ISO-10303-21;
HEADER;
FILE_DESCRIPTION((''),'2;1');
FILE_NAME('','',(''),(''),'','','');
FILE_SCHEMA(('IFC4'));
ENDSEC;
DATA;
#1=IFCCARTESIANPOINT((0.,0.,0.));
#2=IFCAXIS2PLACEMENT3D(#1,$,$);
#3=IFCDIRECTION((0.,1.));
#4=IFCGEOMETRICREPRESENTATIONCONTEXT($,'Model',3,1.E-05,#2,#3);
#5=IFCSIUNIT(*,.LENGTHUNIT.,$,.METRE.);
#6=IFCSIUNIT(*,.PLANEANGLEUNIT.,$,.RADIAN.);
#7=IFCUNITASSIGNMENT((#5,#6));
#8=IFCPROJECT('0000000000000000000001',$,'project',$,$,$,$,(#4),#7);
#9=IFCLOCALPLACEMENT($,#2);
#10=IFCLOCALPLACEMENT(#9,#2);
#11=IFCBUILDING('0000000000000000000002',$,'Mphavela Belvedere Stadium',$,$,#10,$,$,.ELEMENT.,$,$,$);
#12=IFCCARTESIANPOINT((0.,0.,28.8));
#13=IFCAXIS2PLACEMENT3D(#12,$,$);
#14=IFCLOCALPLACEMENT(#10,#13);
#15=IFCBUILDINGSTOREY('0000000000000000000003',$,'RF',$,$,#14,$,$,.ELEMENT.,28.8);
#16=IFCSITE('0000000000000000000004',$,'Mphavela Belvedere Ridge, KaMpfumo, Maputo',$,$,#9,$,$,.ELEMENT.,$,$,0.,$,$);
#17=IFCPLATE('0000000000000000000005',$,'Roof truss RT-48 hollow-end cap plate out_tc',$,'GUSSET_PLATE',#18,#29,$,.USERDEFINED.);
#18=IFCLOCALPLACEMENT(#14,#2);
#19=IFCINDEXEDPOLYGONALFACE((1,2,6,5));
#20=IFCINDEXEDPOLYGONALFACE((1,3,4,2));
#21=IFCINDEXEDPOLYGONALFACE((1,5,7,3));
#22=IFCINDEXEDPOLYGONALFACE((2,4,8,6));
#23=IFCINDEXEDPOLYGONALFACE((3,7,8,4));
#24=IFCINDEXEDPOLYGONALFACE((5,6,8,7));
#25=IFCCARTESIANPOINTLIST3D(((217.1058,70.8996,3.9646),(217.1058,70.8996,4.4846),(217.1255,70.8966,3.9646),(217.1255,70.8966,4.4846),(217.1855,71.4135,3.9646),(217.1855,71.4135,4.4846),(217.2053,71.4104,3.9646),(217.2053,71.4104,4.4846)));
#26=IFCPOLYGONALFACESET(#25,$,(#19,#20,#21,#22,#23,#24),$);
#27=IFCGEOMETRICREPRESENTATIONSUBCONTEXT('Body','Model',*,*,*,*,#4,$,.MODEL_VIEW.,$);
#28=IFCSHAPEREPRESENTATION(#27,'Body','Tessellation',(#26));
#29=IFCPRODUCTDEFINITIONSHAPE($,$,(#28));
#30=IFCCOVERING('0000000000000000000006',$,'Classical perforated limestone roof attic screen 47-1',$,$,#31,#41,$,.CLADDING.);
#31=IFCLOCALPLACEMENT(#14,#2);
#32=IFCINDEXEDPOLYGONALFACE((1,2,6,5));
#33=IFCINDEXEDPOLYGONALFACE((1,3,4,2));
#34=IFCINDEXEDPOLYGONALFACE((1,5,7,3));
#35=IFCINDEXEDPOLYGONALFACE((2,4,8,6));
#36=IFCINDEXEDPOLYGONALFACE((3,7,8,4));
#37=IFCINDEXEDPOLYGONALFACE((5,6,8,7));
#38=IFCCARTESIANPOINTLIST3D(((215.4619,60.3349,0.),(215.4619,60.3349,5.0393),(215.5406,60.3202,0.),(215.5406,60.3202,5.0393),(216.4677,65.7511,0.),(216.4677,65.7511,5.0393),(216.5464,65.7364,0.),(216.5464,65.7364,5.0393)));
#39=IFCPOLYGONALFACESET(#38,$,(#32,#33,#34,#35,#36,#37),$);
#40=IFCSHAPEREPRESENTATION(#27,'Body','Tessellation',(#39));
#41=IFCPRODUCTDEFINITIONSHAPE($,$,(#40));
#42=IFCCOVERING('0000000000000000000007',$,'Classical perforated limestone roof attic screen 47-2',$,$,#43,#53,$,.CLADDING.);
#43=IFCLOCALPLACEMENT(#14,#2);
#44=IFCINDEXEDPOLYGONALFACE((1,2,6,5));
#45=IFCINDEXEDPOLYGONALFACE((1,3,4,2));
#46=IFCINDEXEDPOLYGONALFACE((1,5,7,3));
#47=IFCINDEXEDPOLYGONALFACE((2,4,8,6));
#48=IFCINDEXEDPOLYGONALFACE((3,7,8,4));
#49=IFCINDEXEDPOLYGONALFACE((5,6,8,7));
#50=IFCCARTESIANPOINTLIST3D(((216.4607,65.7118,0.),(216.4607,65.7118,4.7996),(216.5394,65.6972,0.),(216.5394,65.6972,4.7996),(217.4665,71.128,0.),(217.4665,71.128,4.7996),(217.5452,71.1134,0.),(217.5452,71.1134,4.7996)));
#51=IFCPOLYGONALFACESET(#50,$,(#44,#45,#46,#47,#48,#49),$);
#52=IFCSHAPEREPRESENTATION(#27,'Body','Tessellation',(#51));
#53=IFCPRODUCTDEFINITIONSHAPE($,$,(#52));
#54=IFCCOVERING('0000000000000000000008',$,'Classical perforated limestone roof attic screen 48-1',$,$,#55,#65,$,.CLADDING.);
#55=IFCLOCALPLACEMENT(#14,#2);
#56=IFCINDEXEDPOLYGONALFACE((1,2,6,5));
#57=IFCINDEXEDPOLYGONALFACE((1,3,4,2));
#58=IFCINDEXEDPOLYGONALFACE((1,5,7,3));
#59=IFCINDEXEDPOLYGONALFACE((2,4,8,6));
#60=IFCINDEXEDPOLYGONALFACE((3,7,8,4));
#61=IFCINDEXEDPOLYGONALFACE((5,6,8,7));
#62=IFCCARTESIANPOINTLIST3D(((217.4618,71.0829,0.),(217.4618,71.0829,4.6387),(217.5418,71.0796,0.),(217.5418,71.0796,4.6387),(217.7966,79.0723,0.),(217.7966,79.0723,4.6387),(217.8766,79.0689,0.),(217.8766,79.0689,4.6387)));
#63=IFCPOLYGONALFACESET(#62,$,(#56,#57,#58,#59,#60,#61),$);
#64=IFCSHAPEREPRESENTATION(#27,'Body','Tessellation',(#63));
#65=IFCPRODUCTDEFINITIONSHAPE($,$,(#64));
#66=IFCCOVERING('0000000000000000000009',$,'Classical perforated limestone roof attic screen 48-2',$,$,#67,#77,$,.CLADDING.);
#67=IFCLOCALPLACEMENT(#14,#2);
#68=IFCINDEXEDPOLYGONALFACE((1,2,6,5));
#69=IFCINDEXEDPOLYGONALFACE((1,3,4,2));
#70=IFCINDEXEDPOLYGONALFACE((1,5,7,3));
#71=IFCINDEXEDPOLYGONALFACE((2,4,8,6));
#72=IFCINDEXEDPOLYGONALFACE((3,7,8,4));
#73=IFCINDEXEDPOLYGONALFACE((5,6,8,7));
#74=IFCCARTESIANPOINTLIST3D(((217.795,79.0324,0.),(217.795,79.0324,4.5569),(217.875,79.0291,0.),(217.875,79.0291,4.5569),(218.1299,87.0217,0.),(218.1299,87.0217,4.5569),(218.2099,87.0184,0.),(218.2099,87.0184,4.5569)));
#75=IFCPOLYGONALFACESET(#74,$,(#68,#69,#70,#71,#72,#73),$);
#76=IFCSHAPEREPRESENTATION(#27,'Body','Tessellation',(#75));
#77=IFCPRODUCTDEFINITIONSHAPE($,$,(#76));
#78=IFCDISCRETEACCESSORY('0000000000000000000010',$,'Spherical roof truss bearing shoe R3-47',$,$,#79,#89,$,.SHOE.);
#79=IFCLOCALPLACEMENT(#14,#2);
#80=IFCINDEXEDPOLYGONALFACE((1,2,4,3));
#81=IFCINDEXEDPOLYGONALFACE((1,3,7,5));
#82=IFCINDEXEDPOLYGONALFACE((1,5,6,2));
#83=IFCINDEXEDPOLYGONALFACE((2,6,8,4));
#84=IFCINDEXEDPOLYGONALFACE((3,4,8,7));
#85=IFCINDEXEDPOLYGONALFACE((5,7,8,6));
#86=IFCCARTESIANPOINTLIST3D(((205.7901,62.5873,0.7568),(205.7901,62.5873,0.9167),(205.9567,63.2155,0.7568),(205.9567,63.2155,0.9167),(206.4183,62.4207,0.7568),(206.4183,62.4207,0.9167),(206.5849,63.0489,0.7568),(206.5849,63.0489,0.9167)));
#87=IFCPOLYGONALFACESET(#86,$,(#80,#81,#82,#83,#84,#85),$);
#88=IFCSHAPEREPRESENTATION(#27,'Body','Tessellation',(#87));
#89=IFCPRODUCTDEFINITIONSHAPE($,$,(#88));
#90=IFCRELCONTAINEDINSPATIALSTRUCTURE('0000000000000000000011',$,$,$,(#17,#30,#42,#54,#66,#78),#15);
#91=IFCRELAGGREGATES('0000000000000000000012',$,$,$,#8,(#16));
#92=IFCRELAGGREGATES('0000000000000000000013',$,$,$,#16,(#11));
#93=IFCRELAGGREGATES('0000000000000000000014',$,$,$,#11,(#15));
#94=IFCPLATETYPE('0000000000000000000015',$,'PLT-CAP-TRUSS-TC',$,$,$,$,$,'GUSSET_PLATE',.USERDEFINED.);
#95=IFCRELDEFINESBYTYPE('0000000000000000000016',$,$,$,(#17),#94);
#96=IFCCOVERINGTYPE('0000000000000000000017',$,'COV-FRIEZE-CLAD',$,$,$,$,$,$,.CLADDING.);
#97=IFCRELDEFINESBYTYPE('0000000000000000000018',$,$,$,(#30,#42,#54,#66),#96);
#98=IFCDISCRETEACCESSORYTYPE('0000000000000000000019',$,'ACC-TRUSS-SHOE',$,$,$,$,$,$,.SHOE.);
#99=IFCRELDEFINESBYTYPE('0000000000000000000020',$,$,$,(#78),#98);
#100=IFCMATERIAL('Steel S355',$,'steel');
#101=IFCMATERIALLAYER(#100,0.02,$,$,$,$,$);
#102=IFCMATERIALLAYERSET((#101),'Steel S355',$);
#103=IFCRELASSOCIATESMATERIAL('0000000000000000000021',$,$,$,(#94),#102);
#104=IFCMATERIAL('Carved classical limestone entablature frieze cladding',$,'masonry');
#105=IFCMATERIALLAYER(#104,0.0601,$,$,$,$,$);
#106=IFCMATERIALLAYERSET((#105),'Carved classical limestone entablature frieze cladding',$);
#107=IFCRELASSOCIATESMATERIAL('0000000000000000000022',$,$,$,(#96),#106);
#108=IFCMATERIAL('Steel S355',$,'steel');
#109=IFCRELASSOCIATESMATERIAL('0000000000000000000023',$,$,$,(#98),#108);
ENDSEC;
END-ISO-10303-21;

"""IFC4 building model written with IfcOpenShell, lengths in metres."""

from ifc_helpers import new_model, si_unit, direction, frame, origin, origin_2d, place, context, subcontext, project, spatial, rectangle, extrude, material, layer, layer_set, type_object, element, save


model = new_model("IFC4")

# Units and contexts
model_context = context("Model", 3, precision=1e-05, world=origin(), true_north=direction((0.0, 1.0)))
body_context = subcontext(model_context, "Body", "Model", "MODEL_VIEW")
ifc_project = project(units=[si_unit("LENGTHUNIT", "METRE"), si_unit("PLANEANGLEUNIT", "RADIAN")], contexts=[model_context])

# Site, building, storey
site_placement = place(None, origin())
site = spatial("IfcSite", under=ifc_project, at=site_placement, Name="Mphavela Belvedere Ridge, KaMpfumo, Maputo", CompositionType="ELEMENT", RefElevation=0.0)
building_placement = place(site_placement, origin())
building = spatial("IfcBuilding", under=site, at=building_placement, Name="Mphavela Belvedere Stadium", CompositionType="ELEMENT")
storey_placement = place(building_placement, frame((0.0, 0.0, 28.8)))
storey = spatial("IfcBuildingStorey", under=building, at=storey_placement, Name="RF", CompositionType="ELEMENT", Elevation=28.8)

# Plate
ifc_material_1 = material(Name="Steel S355", Category="steel")
ifc_layer_1 = layer(ifc_material_1, 0.02)
ifc_layer_set_1 = layer_set([ifc_layer_1], Name="Steel S355")
plate_type_1 = type_object("IfcPlateType", Name="PLT-CAP-TRUSS-TC", ElementType="GUSSET_PLATE", PredefinedType="USERDEFINED", material=ifc_layer_set_1)
plate_1_placement = place(storey_placement, frame((217.1555, 71.155, 3.9646), z_axis=(0.0, 0.0, 1.0), x_axis=(0.988175, -0.153331, 0.0)))
element("IfcPlate", 1, at=plate_1_placement, inside=storey, type_object=plate_type_1, Name="Roof truss RT-48 hollow-end cap plate out_tc", ObjectType="GUSSET_PLATE", PredefinedType="USERDEFINED", context=body_context, shape_type="SweptSolid", body=[
    extrude(rectangle(XDim=0.02, YDim=0.52, at=origin_2d()), origin(), (0.0, 0.0, 1.0), 0.52),
])

# Coverings
ifc_material_2 = material(Name="Carved classical limestone entablature frieze cladding", Category="masonry")
ifc_layer_2 = layer(ifc_material_2, 0.0601)
ifc_layer_set_2 = layer_set([ifc_layer_2], Name="Carved classical limestone entablature frieze cladding")
covering_type = type_object("IfcCoveringType", Name="COV-FRIEZE-CLAD", PredefinedType="CLADDING", material=ifc_layer_set_2)
covering_1_placement = place(storey_placement, frame((216.0042, 63.0356, 0.0), z_axis=(0.0, 0.0, 1.0), x_axis=(0.182579, 0.983191, 0.0)))
element("IfcCovering", 2, at=covering_1_placement, inside=storey, type_object=covering_type, Name="Classical perforated limestone roof attic screen 47-1", PredefinedType="CLADDING", context=body_context, shape_type="SweptSolid", body=[
    extrude(rectangle(XDim=5.5088, YDim=0.0801, at=origin_2d()), origin(), (0.0, 0.0, 1.0), 5.0393),
])
covering_2_placement = place(storey_placement, frame((217.0029, 68.4126, 0.0), z_axis=(0.0, 0.0, 1.0), x_axis=(0.182579, 0.983191, 0.0)))
element("IfcCovering", 3, at=covering_2_placement, inside=storey, type_object=covering_type, Name="Classical perforated limestone roof attic screen 47-2", PredefinedType="CLADDING", context=body_context, shape_type="SweptSolid", body=[
    extrude(rectangle(XDim=5.5088, YDim=0.0801, at=origin_2d()), origin(), (0.0, 0.0, 1.0), 4.7996),
])
covering_3_placement = place(storey_placement, frame((217.6692, 75.0759, 0.0), z_axis=(0.0, 0.0, 1.0), x_axis=(0.041876, 0.999123, 0.0)))
element("IfcCovering", 4, at=covering_3_placement, inside=storey, type_object=covering_type, Name="Classical perforated limestone roof attic screen 48-1", PredefinedType="CLADDING", context=body_context, shape_type="SweptSolid", body=[
    extrude(rectangle(XDim=7.9963, YDim=0.0801, at=origin_2d()), origin(), (0.0, 0.0, 1.0), 4.6387),
])
covering_4_placement = place(storey_placement, frame((218.0024, 83.0254, 0.0), z_axis=(0.0, 0.0, 1.0), x_axis=(0.041876, 0.999123, 0.0)))
element("IfcCovering", 5, at=covering_4_placement, inside=storey, type_object=covering_type, Name="Classical perforated limestone roof attic screen 48-2", PredefinedType="CLADDING", context=body_context, shape_type="SweptSolid", body=[
    extrude(rectangle(XDim=7.9963, YDim=0.0801, at=origin_2d()), origin(), (0.0, 0.0, 1.0), 4.5569),
])

# Discrete accessory
ifc_material_3 = material(Name="Steel S355", Category="steel")
discrete_accessory_type = type_object("IfcDiscreteAccessoryType", Name="ACC-TRUSS-SHOE", PredefinedType="SHOE", material=ifc_material_3)
discrete_accessory_placement = place(storey_placement, frame((206.1875, 62.8181, 0.7568), z_axis=(0.0, 0.0, 1.0), x_axis=(0.9666, -0.256289, 0.0)))
element("IfcDiscreteAccessory", 6, at=discrete_accessory_placement, inside=storey, type_object=discrete_accessory_type, Name="Spherical roof truss bearing shoe R3-47", PredefinedType="SHOE", context=body_context, shape_type="SweptSolid", body=[
    extrude(rectangle(XDim=0.6499, YDim=0.6499, at=origin_2d()), origin(), (0.0, 0.0, 1.0), 0.1599),
])

save(model, "model.ifc")
